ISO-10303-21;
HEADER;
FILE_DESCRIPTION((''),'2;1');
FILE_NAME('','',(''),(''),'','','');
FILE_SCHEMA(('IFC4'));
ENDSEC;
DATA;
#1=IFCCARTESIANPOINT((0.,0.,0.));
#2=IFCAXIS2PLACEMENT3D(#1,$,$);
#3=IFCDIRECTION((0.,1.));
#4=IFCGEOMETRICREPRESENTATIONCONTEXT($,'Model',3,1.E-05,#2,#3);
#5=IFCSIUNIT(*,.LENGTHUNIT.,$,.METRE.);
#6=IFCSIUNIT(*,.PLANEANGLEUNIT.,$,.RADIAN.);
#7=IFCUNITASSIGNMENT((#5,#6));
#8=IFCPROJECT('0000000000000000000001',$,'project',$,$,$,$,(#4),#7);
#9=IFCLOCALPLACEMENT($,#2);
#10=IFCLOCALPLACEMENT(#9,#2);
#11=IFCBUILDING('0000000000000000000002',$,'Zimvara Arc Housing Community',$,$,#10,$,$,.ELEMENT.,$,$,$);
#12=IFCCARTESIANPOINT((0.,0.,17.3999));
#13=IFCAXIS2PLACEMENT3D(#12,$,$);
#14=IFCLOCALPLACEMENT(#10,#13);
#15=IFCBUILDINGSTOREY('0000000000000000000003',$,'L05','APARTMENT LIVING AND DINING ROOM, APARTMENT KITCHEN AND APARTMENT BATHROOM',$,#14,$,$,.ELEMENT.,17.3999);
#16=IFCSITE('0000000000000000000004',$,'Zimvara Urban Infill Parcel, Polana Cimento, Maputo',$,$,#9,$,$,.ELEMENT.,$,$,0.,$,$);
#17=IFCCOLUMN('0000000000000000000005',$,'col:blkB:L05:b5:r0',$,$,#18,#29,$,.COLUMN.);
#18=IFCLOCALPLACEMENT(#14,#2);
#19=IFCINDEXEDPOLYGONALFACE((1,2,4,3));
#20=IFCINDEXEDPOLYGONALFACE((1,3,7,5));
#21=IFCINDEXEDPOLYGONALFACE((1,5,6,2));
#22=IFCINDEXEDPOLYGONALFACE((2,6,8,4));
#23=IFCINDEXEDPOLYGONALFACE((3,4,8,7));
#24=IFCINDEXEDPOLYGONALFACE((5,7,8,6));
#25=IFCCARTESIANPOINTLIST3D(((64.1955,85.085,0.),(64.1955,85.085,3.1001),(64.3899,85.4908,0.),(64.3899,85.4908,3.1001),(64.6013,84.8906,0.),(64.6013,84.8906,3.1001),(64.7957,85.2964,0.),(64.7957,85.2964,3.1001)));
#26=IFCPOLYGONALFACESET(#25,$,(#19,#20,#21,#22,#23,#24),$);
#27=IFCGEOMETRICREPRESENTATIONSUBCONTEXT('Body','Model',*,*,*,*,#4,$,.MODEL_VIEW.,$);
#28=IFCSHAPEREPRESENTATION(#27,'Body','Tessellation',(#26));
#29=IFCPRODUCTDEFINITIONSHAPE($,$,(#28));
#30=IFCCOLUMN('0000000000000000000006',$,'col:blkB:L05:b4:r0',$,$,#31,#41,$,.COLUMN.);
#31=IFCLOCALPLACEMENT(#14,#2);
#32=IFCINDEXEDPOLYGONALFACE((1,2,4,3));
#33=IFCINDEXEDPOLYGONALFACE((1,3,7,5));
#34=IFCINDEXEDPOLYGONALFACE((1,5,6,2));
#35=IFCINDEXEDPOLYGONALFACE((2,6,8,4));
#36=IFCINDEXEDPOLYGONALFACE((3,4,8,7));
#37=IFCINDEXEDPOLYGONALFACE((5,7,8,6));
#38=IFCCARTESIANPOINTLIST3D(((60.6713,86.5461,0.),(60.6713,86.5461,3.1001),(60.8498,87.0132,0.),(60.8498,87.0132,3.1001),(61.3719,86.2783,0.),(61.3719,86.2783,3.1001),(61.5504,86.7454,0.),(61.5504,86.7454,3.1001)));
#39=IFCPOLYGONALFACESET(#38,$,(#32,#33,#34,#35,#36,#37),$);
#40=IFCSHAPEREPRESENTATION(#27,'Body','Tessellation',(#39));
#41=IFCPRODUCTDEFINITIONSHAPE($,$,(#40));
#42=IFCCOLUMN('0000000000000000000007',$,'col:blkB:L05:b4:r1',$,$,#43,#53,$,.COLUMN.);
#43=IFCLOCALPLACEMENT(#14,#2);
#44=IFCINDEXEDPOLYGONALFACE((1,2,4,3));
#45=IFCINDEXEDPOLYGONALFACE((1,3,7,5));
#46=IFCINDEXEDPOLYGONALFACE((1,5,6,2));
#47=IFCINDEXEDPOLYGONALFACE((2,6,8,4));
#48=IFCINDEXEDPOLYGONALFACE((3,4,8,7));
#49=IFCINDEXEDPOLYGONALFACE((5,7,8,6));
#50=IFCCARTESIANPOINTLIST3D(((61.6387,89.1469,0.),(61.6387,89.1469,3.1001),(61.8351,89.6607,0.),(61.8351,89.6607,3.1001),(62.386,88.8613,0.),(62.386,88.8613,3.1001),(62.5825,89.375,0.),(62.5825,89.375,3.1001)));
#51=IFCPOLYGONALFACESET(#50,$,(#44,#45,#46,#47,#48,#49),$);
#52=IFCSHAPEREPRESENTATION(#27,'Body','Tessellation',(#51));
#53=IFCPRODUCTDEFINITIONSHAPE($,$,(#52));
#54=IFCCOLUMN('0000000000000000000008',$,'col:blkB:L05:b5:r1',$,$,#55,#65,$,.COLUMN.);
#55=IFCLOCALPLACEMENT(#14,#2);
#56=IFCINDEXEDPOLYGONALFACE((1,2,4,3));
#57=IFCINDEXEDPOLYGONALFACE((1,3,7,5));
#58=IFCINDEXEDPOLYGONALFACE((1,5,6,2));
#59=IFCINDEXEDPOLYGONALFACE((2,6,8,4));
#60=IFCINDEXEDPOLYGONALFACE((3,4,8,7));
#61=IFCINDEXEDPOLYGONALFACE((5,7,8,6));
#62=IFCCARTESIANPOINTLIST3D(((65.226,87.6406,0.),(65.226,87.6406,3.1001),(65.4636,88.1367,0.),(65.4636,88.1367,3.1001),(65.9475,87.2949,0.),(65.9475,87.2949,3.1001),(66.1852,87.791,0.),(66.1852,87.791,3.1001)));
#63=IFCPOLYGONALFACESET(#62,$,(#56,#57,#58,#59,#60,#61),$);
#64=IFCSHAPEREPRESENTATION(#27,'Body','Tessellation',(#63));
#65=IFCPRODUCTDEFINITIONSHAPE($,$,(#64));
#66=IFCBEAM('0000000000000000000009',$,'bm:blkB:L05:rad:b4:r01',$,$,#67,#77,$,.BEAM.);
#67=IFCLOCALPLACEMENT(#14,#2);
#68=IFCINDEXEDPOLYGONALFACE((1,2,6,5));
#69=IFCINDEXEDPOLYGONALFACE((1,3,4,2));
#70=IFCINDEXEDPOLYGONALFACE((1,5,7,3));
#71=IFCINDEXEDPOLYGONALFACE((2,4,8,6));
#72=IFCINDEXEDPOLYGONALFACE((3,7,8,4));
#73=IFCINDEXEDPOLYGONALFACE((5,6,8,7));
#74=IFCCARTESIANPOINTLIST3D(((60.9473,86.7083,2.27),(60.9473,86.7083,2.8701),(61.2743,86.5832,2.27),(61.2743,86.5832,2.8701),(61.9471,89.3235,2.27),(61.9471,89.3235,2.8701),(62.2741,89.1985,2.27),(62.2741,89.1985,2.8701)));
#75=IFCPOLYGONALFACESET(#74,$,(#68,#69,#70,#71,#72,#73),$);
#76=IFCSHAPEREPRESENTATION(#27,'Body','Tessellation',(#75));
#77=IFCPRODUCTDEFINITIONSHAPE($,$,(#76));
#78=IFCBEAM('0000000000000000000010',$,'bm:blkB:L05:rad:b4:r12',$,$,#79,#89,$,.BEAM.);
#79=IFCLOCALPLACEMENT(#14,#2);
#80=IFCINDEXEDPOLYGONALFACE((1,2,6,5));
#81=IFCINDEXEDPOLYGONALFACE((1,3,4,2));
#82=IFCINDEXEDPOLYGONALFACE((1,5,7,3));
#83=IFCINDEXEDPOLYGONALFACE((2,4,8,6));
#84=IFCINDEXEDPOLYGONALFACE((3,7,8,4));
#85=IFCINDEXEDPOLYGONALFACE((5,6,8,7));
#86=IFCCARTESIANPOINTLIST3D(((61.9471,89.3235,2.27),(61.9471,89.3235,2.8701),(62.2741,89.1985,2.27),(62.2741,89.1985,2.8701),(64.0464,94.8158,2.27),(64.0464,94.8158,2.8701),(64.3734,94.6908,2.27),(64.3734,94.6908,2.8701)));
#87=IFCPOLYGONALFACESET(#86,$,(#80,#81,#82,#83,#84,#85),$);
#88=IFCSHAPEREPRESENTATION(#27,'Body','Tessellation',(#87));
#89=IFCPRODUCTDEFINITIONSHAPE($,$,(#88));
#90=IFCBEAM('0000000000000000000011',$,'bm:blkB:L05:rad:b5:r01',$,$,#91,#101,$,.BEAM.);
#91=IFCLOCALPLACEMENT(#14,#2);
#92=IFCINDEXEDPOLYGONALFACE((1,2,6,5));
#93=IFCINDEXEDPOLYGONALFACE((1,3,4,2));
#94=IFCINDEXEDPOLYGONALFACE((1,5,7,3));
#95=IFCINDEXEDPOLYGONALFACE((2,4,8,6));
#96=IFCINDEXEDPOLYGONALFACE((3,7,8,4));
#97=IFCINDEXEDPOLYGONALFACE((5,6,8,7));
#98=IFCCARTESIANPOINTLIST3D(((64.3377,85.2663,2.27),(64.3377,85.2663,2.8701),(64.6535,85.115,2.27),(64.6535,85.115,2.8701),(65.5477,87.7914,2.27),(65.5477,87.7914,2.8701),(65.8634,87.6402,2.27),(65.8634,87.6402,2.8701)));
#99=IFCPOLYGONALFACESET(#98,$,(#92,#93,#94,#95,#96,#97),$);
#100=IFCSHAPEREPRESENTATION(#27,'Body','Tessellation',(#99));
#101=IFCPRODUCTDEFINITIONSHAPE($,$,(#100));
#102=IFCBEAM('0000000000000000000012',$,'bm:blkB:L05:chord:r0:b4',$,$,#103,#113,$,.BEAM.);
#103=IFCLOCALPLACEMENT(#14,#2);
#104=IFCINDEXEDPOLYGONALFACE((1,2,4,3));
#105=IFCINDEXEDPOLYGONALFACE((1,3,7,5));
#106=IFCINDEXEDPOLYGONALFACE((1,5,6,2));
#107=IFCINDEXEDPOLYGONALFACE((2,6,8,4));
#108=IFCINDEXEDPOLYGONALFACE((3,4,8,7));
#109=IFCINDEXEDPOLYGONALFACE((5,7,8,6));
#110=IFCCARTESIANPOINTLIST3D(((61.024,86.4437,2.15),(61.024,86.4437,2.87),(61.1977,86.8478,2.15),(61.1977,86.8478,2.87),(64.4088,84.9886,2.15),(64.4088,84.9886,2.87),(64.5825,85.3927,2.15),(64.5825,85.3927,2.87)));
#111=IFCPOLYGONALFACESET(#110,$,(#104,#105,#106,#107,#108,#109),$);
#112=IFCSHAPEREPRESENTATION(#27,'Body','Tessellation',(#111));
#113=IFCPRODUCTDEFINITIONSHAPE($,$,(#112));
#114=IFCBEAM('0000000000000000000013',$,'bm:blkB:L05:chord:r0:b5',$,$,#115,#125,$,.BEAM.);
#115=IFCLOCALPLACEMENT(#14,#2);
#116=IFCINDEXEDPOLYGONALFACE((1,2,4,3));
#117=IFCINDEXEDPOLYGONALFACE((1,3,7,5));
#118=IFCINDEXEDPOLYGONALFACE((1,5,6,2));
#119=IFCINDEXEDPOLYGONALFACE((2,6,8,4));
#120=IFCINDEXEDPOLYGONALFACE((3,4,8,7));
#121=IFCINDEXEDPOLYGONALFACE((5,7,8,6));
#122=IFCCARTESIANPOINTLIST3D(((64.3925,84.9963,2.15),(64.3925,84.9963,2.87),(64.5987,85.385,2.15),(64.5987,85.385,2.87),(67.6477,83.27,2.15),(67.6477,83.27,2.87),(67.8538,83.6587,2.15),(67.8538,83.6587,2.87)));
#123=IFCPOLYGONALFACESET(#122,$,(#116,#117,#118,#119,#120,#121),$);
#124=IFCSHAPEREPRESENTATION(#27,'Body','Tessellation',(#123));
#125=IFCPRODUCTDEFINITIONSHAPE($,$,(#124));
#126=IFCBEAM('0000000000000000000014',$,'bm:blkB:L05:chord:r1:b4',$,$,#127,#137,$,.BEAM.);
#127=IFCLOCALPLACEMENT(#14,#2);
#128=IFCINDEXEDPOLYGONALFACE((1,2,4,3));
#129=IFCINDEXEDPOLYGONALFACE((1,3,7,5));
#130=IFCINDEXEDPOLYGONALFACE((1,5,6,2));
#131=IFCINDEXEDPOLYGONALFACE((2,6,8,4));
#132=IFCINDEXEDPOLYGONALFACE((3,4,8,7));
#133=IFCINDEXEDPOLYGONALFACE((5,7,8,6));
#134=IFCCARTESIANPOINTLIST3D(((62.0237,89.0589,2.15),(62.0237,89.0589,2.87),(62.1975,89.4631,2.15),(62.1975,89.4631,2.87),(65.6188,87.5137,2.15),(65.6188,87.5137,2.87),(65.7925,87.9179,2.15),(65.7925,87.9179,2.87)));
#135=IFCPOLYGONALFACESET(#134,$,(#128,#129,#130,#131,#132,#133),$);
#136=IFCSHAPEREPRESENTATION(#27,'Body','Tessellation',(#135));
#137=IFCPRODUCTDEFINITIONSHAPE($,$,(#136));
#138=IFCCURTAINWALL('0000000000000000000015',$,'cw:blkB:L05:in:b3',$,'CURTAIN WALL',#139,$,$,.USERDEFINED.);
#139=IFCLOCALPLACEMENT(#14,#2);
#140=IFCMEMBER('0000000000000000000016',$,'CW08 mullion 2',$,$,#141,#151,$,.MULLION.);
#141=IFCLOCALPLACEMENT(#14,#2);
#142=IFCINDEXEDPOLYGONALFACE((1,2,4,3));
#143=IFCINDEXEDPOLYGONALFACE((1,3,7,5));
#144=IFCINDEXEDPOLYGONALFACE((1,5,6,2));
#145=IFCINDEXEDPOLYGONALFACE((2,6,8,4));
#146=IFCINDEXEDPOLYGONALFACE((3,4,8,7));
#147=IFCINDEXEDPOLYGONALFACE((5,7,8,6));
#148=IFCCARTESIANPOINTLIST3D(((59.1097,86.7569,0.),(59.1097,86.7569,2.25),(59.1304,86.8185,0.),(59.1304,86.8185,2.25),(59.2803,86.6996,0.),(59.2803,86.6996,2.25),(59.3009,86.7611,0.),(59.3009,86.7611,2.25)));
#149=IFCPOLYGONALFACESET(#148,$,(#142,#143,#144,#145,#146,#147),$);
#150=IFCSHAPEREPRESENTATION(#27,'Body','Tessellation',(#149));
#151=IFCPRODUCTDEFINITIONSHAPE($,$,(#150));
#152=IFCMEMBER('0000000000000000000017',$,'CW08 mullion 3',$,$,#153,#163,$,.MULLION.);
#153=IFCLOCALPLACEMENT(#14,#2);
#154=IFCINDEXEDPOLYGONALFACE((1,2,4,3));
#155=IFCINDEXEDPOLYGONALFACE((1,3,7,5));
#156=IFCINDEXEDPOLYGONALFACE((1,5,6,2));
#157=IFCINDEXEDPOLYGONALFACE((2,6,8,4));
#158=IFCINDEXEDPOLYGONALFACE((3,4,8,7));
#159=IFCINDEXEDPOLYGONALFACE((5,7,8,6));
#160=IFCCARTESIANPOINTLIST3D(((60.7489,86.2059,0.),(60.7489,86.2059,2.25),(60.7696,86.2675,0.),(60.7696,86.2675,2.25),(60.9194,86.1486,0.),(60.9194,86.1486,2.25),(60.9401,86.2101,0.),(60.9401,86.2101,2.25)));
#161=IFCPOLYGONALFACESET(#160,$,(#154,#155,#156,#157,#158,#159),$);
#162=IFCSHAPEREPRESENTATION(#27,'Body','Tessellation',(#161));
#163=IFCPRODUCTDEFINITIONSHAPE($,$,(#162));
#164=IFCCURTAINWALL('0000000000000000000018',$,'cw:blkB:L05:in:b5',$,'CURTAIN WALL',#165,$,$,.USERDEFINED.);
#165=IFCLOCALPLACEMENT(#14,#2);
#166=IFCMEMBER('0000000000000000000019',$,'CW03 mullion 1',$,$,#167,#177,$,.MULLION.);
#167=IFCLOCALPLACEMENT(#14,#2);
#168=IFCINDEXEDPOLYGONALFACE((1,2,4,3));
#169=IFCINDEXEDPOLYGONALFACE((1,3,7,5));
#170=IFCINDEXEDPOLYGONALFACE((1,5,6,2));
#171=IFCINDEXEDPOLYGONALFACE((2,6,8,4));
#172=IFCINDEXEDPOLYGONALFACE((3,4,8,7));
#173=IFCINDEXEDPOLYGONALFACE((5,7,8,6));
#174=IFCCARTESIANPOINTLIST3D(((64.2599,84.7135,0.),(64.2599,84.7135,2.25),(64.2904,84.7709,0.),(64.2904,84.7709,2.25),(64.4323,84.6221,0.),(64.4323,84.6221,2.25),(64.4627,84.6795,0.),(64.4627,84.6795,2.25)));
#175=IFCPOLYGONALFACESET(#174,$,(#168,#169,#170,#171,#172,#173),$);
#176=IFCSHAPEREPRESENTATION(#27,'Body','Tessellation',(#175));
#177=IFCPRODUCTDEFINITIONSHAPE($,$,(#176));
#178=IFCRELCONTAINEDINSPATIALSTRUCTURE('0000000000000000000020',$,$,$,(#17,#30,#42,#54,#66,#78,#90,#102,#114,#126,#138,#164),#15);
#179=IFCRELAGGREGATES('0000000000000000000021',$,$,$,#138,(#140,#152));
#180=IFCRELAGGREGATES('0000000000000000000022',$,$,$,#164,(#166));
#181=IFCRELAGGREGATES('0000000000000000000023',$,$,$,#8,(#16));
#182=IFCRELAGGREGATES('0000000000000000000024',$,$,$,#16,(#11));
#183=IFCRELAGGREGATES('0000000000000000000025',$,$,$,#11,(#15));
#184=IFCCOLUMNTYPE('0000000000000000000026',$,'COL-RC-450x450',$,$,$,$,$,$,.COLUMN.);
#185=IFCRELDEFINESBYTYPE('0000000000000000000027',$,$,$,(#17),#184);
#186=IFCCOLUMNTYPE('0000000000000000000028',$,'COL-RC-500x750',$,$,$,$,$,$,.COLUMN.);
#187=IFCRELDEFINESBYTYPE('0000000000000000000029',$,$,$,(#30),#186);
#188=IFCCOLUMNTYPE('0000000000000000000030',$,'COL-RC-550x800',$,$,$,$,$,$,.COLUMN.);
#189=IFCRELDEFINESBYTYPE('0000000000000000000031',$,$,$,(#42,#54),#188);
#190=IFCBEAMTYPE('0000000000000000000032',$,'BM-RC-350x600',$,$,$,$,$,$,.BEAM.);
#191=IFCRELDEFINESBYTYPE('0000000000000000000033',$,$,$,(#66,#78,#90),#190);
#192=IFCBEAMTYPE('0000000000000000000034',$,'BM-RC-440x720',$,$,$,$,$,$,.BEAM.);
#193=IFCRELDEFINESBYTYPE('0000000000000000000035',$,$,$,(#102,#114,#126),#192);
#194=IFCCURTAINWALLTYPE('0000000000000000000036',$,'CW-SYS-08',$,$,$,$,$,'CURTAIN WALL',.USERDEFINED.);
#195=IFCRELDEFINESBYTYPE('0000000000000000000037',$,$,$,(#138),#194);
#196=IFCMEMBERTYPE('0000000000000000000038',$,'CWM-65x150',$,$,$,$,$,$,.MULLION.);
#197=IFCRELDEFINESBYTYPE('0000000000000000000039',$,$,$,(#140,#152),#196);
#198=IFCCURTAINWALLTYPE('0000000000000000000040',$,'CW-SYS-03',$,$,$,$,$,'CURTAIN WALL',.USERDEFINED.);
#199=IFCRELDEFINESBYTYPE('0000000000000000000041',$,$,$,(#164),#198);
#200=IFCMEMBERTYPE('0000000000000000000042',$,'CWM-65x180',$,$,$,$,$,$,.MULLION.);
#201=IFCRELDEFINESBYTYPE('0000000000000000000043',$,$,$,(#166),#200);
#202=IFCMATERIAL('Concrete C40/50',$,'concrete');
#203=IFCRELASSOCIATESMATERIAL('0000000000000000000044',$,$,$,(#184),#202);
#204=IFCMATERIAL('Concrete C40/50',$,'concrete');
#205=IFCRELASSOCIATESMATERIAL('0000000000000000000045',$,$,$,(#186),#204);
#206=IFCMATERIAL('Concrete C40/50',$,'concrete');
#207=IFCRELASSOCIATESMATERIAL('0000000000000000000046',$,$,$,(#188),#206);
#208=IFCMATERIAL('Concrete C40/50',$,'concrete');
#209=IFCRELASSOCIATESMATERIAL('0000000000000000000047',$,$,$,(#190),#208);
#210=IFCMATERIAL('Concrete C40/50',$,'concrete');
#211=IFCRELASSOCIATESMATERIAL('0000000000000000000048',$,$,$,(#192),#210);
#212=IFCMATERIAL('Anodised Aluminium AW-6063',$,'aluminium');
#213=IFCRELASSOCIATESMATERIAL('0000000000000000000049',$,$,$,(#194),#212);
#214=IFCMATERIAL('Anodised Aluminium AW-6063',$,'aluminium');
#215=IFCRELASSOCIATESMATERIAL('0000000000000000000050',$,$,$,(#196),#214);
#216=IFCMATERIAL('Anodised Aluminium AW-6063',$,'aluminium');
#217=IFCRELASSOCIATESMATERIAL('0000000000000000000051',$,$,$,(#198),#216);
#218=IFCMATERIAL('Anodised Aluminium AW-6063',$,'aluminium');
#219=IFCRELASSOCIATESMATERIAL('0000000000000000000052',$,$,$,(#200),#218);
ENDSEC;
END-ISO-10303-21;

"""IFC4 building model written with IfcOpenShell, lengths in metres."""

from ifc_helpers import new_model, si_unit, direction, frame, origin, origin_2d, place, context, subcontext, project, spatial, rectangle, extrude, material, material_profile, profile_set, type_object, element, aggregate, save


model = new_model("IFC4")

# Units and contexts
model_context = context("Model", 3, precision=1e-05, world=origin(), true_north=direction((0.0, 1.0)))
body_context = subcontext(model_context, "Body", "Model", "MODEL_VIEW")
ifc_project = project(units=[si_unit("LENGTHUNIT", "METRE"), si_unit("PLANEANGLEUNIT", "RADIAN")], contexts=[model_context])

# Site, building, storey
site_placement = place(None, origin())
site = spatial("IfcSite", under=ifc_project, at=site_placement, Name="Zimvara Urban Infill Parcel, Polana Cimento, Maputo", CompositionType="ELEMENT", RefElevation=0.0)
building_placement = place(site_placement, origin())
building = spatial("IfcBuilding", under=site, at=building_placement, Name="Zimvara Arc Housing Community", CompositionType="ELEMENT")
storey_placement = place(building_placement, frame((0.0, 0.0, 17.3999)))
storey = spatial("IfcBuildingStorey", under=building, at=storey_placement, Name="L05", Description="APARTMENT LIVING AND DINING ROOM, APARTMENT KITCHEN AND APARTMENT BATHROOM", CompositionType="ELEMENT", Elevation=17.3999)

# Columns
ifc_material_1 = material(Name="Concrete C40/50", Category="concrete")
ifc_material_profile_1 = material_profile(ifc_material_1, rectangle(XDim=0.45, YDim=0.45, at=origin_2d()), Name="RC 450x450")
ifc_profile_set_1 = profile_set([ifc_material_profile_1], Name="Concrete C40/50")
column_type_1 = type_object("IfcColumnType", Name="COL-RC-450x450", PredefinedType="COLUMN", material=ifc_profile_set_1)
column_1_placement = place(storey_placement, frame((64.4956, 85.1907, 0.0), z_axis=(0.0, 0.0, 1.0), x_axis=(0.432086, 0.901833, 0.0)))
element("IfcColumn", 1, at=column_1_placement, inside=storey, type_object=column_type_1, Name="col:blkB:L05:b5:r0", PredefinedType="COLUMN", context=body_context, shape_type="SweptSolid", body=[
    extrude(rectangle(XDim=0.45, YDim=0.45, at=origin_2d()), origin(), (0.0, 0.0, 1.0), 3.1001),
])
ifc_material_2 = material(Name="Concrete C40/50", Category="concrete")
ifc_material_profile_2 = material_profile(ifc_material_2, rectangle(XDim=0.5, YDim=0.75, at=origin_2d()), Name="RC 500x750")
ifc_profile_set_2 = profile_set([ifc_material_profile_2], Name="Concrete C40/50")
column_type_2 = type_object("IfcColumnType", Name="COL-RC-500x750", PredefinedType="COLUMN", material=ifc_profile_set_2)
column_2_placement = place(storey_placement, frame((61.1108, 86.6458, 0.0), z_axis=(0.0, 0.0, 1.0), x_axis=(0.357064, 0.93408, 0.0)))
element("IfcColumn", 2, at=column_2_placement, inside=storey, type_object=column_type_2, Name="col:blkB:L05:b4:r0", PredefinedType="COLUMN", context=body_context, shape_type="SweptSolid", body=[
    extrude(rectangle(XDim=0.5, YDim=0.75, at=origin_2d()), origin(), (0.0, 0.0, 1.0), 3.1001),
])
ifc_material_3 = material(Name="Concrete C40/50", Category="concrete")
ifc_material_profile_3 = material_profile(ifc_material_3, rectangle(XDim=0.55, YDim=0.8, at=origin_2d()), Name="RC 550x800")
ifc_profile_set_3 = profile_set([ifc_material_profile_3], Name="Concrete C40/50")
column_type_3 = type_object("IfcColumnType", Name="COL-RC-550x800", PredefinedType="COLUMN", material=ifc_profile_set_3)
for number, where, z_axis, x_axis, name in (
    (3, (62.1106, 89.261, 0.0), (0.0, 0.0, 1.0), (0.357064, 0.93408, 0.0), "col:blkB:L05:b4:r1"),
    (4, (65.7056, 87.7158, 0.0), (0.0, 0.0, 1.0), (0.432086, 0.901833, 0.0), "col:blkB:L05:b5:r1"),
):
    element("IfcColumn", number, at=place(storey_placement, frame(where, z_axis=z_axis, x_axis=x_axis)), inside=storey, type_object=column_type_3, Name=name, PredefinedType="COLUMN", context=body_context, shape_type="SweptSolid", body=[
        extrude(rectangle(XDim=0.55, YDim=0.8, at=origin_2d()), origin(), (0.0, 0.0, 1.0), 3.1001),
    ])

# Beams
ifc_material_4 = material(Name="Concrete C40/50", Category="concrete")
ifc_material_profile_4 = material_profile(ifc_material_4, rectangle(XDim=0.3501, YDim=0.6001, at=origin_2d()), Name="RC 350x600")
ifc_profile_set_4 = profile_set([ifc_material_profile_4], Name="Concrete C40/50")
beam_type_1 = type_object("IfcBeamType", Name="BM-RC-350x600", PredefinedType="BEAM", material=ifc_profile_set_4)
beam_1_placement = place(storey_placement, frame((61.1108, 86.6458, 2.5701), z_axis=(0.357079, 0.934074, 0.0), x_axis=(-0.934074, 0.357079, 0.0)))
element("IfcBeam", 5, at=beam_1_placement, inside=storey, type_object=beam_type_1, Name="bm:blkB:L05:rad:b4:r01", PredefinedType="BEAM", context=body_context, shape_type="SweptSolid", body=[
    extrude(rectangle(XDim=0.3501, YDim=0.6001, at=origin_2d()), origin(), (0.0, 0.0, 1.0), 2.7998),
])
beam_2_placement = place(storey_placement, frame((62.1106, 89.261, 2.5701), z_axis=(0.357036, 0.934091, 0.0), x_axis=(-0.934091, 0.357036, 0.0)))
element("IfcBeam", 6, at=beam_2_placement, inside=storey, type_object=beam_type_1, Name="bm:blkB:L05:rad:b4:r12", PredefinedType="BEAM", context=body_context, shape_type="SweptSolid", body=[
    extrude(rectangle(XDim=0.3501, YDim=0.6001, at=origin_2d()), origin(), (0.0, 0.0, 1.0), 5.8799),
])
beam_3_placement = place(storey_placement, frame((64.4956, 85.1907, 2.5701), z_axis=(0.432119, 0.901817, 0.0), x_axis=(-0.901817, 0.432119, 0.0)))
element("IfcBeam", 7, at=beam_3_placement, inside=storey, type_object=beam_type_1, Name="bm:blkB:L05:rad:b5:r01", PredefinedType="BEAM", context=body_context, shape_type="SweptSolid", body=[
    extrude(rectangle(XDim=0.3501, YDim=0.6001, at=origin_2d()), origin(), (0.0, 0.0, 1.0), 2.8),
])
ifc_material_5 = material(Name="Concrete C40/50", Category="concrete")
ifc_material_profile_5 = material_profile(ifc_material_5, rectangle(XDim=0.4399, YDim=0.72, at=origin_2d()), Name="RC 440x720")
ifc_profile_set_5 = profile_set([ifc_material_profile_5], Name="Concrete C40/50")
beam_type_2 = type_object("IfcBeamType", Name="BM-RC-440x720", PredefinedType="BEAM", material=ifc_profile_set_5)
beam_4_placement = place(storey_placement, frame((61.1108, 86.6458, 2.51), z_axis=(0.918706, -0.394943, 0.0), x_axis=(0.394943, 0.918706, 0.0)))
element("IfcBeam", 8, at=beam_4_placement, inside=storey, type_object=beam_type_2, Name="bm:blkB:L05:chord:r0:b4", PredefinedType="BEAM", context=body_context, shape_type="SweptSolid", body=[
    extrude(rectangle(XDim=0.4399, YDim=0.72, at=origin_2d()), origin(), (0.0, 0.0, 1.0), 3.6843),
])
beam_5_placement = place(storey_placement, frame((64.4956, 85.1907, 2.51), z_axis=(0.883449, -0.468527, 0.0), x_axis=(0.468527, 0.883449, 0.0)))
element("IfcBeam", 9, at=beam_5_placement, inside=storey, type_object=beam_type_2, Name="bm:blkB:L05:chord:r0:b5", PredefinedType="BEAM", context=body_context, shape_type="SweptSolid", body=[
    extrude(rectangle(XDim=0.4399, YDim=0.72, at=origin_2d()), origin(), (0.0, 0.0, 1.0), 3.6846),
])
beam_6_placement = place(storey_placement, frame((62.1106, 89.261, 2.51), z_axis=(0.918731, -0.394883, 0.0), x_axis=(0.394883, 0.918731, 0.0)))
element("IfcBeam", 10, at=beam_6_placement, inside=storey, type_object=beam_type_2, Name="bm:blkB:L05:chord:r1:b4", PredefinedType="BEAM", context=body_context, shape_type="SweptSolid", body=[
    extrude(rectangle(XDim=0.4399, YDim=0.72, at=origin_2d()), origin(), (0.0, 0.0, 1.0), 3.9131),
])

# Curtain wall, members
ifc_material_6 = material(Name="Anodised Aluminium AW-6063", Category="aluminium")
curtain_wall_type_1 = type_object("IfcCurtainWallType", Name="CW-SYS-08", ElementType="CURTAIN WALL", PredefinedType="USERDEFINED", material=ifc_material_6)
curtain_wall_1_placement = place(storey_placement, origin())
curtain_wall_1 = element("IfcCurtainWall", 11, at=curtain_wall_1_placement, inside=storey, type_object=curtain_wall_type_1, Name="cw:blkB:L05:in:b3", ObjectType="CURTAIN WALL", PredefinedType="USERDEFINED")
ifc_material_7 = material(Name="Anodised Aluminium AW-6063", Category="aluminium")
ifc_material_profile_6 = material_profile(ifc_material_7, rectangle(XDim=0.0649, YDim=0.1799, at=origin_2d()), Name="ALU 65x180")
ifc_profile_set_6 = profile_set([ifc_material_profile_6], Name="Anodised Aluminium AW-6063")
member_type_1 = type_object("IfcMemberType", Name="CWM-65x150", PredefinedType="MULLION", material=ifc_profile_set_6)
member_1_placement = place(storey_placement, frame((59.2053, 86.759, 0.0), z_axis=(0.0, 0.0, 1.0), x_axis=(0.31863, 0.947879, 0.0)))
member_1 = element("IfcMember", 12, at=member_1_placement, type_object=member_type_1, Name="CW08 mullion 2", PredefinedType="MULLION", context=body_context, shape_type="SweptSolid", body=[
    extrude(rectangle(XDim=0.0649, YDim=0.1799, at=origin_2d()), origin(), (0.0, 0.0, 1.0), 2.25),
])
member_2_placement = place(storey_placement, frame((60.8445, 86.208, 0.0), z_axis=(0.0, 0.0, 1.0), x_axis=(0.31863, 0.947879, 0.0)))
member_2 = element("IfcMember", 13, at=member_2_placement, type_object=member_type_1, Name="CW08 mullion 3", PredefinedType="MULLION", context=body_context, shape_type="SweptSolid", body=[
    extrude(rectangle(XDim=0.0649, YDim=0.1799, at=origin_2d()), origin(), (0.0, 0.0, 1.0), 2.25),
])

# Curtain wall, member
ifc_material_8 = material(Name="Anodised Aluminium AW-6063", Category="aluminium")
curtain_wall_type_2 = type_object("IfcCurtainWallType", Name="CW-SYS-03", ElementType="CURTAIN WALL", PredefinedType="USERDEFINED", material=ifc_material_8)
curtain_wall_2_placement = place(storey_placement, origin())
curtain_wall_2 = element("IfcCurtainWall", 14, at=curtain_wall_2_placement, inside=storey, type_object=curtain_wall_type_2, Name="cw:blkB:L05:in:b5", ObjectType="CURTAIN WALL", PredefinedType="USERDEFINED")
ifc_material_9 = material(Name="Anodised Aluminium AW-6063", Category="aluminium")
ifc_material_profile_7 = material_profile(ifc_material_9, rectangle(XDim=0.0649, YDim=0.1951, at=origin_2d()), Name="ALU 65x195")
ifc_profile_set_7 = profile_set([ifc_material_profile_7], Name="Anodised Aluminium AW-6063")
member_type_2 = type_object("IfcMemberType", Name="CWM-65x180", PredefinedType="MULLION", material=ifc_profile_set_7)
member_3_placement = place(storey_placement, frame((64.3613, 84.6965, 0.0), z_axis=(0.0, 0.0, 1.0), x_axis=(0.468545, 0.88344, 0.0)))
member_3 = element("IfcMember", 15, at=member_3_placement, type_object=member_type_2, Name="CW03 mullion 1", PredefinedType="MULLION", context=body_context, shape_type="SweptSolid", body=[
    extrude(rectangle(XDim=0.0649, YDim=0.1951, at=origin_2d()), origin(), (0.0, 0.0, 1.0), 2.25),
])

aggregate(curtain_wall_1, [member_1, member_2])
aggregate(curtain_wall_2, [member_3])

save(model, "model.ifc")
